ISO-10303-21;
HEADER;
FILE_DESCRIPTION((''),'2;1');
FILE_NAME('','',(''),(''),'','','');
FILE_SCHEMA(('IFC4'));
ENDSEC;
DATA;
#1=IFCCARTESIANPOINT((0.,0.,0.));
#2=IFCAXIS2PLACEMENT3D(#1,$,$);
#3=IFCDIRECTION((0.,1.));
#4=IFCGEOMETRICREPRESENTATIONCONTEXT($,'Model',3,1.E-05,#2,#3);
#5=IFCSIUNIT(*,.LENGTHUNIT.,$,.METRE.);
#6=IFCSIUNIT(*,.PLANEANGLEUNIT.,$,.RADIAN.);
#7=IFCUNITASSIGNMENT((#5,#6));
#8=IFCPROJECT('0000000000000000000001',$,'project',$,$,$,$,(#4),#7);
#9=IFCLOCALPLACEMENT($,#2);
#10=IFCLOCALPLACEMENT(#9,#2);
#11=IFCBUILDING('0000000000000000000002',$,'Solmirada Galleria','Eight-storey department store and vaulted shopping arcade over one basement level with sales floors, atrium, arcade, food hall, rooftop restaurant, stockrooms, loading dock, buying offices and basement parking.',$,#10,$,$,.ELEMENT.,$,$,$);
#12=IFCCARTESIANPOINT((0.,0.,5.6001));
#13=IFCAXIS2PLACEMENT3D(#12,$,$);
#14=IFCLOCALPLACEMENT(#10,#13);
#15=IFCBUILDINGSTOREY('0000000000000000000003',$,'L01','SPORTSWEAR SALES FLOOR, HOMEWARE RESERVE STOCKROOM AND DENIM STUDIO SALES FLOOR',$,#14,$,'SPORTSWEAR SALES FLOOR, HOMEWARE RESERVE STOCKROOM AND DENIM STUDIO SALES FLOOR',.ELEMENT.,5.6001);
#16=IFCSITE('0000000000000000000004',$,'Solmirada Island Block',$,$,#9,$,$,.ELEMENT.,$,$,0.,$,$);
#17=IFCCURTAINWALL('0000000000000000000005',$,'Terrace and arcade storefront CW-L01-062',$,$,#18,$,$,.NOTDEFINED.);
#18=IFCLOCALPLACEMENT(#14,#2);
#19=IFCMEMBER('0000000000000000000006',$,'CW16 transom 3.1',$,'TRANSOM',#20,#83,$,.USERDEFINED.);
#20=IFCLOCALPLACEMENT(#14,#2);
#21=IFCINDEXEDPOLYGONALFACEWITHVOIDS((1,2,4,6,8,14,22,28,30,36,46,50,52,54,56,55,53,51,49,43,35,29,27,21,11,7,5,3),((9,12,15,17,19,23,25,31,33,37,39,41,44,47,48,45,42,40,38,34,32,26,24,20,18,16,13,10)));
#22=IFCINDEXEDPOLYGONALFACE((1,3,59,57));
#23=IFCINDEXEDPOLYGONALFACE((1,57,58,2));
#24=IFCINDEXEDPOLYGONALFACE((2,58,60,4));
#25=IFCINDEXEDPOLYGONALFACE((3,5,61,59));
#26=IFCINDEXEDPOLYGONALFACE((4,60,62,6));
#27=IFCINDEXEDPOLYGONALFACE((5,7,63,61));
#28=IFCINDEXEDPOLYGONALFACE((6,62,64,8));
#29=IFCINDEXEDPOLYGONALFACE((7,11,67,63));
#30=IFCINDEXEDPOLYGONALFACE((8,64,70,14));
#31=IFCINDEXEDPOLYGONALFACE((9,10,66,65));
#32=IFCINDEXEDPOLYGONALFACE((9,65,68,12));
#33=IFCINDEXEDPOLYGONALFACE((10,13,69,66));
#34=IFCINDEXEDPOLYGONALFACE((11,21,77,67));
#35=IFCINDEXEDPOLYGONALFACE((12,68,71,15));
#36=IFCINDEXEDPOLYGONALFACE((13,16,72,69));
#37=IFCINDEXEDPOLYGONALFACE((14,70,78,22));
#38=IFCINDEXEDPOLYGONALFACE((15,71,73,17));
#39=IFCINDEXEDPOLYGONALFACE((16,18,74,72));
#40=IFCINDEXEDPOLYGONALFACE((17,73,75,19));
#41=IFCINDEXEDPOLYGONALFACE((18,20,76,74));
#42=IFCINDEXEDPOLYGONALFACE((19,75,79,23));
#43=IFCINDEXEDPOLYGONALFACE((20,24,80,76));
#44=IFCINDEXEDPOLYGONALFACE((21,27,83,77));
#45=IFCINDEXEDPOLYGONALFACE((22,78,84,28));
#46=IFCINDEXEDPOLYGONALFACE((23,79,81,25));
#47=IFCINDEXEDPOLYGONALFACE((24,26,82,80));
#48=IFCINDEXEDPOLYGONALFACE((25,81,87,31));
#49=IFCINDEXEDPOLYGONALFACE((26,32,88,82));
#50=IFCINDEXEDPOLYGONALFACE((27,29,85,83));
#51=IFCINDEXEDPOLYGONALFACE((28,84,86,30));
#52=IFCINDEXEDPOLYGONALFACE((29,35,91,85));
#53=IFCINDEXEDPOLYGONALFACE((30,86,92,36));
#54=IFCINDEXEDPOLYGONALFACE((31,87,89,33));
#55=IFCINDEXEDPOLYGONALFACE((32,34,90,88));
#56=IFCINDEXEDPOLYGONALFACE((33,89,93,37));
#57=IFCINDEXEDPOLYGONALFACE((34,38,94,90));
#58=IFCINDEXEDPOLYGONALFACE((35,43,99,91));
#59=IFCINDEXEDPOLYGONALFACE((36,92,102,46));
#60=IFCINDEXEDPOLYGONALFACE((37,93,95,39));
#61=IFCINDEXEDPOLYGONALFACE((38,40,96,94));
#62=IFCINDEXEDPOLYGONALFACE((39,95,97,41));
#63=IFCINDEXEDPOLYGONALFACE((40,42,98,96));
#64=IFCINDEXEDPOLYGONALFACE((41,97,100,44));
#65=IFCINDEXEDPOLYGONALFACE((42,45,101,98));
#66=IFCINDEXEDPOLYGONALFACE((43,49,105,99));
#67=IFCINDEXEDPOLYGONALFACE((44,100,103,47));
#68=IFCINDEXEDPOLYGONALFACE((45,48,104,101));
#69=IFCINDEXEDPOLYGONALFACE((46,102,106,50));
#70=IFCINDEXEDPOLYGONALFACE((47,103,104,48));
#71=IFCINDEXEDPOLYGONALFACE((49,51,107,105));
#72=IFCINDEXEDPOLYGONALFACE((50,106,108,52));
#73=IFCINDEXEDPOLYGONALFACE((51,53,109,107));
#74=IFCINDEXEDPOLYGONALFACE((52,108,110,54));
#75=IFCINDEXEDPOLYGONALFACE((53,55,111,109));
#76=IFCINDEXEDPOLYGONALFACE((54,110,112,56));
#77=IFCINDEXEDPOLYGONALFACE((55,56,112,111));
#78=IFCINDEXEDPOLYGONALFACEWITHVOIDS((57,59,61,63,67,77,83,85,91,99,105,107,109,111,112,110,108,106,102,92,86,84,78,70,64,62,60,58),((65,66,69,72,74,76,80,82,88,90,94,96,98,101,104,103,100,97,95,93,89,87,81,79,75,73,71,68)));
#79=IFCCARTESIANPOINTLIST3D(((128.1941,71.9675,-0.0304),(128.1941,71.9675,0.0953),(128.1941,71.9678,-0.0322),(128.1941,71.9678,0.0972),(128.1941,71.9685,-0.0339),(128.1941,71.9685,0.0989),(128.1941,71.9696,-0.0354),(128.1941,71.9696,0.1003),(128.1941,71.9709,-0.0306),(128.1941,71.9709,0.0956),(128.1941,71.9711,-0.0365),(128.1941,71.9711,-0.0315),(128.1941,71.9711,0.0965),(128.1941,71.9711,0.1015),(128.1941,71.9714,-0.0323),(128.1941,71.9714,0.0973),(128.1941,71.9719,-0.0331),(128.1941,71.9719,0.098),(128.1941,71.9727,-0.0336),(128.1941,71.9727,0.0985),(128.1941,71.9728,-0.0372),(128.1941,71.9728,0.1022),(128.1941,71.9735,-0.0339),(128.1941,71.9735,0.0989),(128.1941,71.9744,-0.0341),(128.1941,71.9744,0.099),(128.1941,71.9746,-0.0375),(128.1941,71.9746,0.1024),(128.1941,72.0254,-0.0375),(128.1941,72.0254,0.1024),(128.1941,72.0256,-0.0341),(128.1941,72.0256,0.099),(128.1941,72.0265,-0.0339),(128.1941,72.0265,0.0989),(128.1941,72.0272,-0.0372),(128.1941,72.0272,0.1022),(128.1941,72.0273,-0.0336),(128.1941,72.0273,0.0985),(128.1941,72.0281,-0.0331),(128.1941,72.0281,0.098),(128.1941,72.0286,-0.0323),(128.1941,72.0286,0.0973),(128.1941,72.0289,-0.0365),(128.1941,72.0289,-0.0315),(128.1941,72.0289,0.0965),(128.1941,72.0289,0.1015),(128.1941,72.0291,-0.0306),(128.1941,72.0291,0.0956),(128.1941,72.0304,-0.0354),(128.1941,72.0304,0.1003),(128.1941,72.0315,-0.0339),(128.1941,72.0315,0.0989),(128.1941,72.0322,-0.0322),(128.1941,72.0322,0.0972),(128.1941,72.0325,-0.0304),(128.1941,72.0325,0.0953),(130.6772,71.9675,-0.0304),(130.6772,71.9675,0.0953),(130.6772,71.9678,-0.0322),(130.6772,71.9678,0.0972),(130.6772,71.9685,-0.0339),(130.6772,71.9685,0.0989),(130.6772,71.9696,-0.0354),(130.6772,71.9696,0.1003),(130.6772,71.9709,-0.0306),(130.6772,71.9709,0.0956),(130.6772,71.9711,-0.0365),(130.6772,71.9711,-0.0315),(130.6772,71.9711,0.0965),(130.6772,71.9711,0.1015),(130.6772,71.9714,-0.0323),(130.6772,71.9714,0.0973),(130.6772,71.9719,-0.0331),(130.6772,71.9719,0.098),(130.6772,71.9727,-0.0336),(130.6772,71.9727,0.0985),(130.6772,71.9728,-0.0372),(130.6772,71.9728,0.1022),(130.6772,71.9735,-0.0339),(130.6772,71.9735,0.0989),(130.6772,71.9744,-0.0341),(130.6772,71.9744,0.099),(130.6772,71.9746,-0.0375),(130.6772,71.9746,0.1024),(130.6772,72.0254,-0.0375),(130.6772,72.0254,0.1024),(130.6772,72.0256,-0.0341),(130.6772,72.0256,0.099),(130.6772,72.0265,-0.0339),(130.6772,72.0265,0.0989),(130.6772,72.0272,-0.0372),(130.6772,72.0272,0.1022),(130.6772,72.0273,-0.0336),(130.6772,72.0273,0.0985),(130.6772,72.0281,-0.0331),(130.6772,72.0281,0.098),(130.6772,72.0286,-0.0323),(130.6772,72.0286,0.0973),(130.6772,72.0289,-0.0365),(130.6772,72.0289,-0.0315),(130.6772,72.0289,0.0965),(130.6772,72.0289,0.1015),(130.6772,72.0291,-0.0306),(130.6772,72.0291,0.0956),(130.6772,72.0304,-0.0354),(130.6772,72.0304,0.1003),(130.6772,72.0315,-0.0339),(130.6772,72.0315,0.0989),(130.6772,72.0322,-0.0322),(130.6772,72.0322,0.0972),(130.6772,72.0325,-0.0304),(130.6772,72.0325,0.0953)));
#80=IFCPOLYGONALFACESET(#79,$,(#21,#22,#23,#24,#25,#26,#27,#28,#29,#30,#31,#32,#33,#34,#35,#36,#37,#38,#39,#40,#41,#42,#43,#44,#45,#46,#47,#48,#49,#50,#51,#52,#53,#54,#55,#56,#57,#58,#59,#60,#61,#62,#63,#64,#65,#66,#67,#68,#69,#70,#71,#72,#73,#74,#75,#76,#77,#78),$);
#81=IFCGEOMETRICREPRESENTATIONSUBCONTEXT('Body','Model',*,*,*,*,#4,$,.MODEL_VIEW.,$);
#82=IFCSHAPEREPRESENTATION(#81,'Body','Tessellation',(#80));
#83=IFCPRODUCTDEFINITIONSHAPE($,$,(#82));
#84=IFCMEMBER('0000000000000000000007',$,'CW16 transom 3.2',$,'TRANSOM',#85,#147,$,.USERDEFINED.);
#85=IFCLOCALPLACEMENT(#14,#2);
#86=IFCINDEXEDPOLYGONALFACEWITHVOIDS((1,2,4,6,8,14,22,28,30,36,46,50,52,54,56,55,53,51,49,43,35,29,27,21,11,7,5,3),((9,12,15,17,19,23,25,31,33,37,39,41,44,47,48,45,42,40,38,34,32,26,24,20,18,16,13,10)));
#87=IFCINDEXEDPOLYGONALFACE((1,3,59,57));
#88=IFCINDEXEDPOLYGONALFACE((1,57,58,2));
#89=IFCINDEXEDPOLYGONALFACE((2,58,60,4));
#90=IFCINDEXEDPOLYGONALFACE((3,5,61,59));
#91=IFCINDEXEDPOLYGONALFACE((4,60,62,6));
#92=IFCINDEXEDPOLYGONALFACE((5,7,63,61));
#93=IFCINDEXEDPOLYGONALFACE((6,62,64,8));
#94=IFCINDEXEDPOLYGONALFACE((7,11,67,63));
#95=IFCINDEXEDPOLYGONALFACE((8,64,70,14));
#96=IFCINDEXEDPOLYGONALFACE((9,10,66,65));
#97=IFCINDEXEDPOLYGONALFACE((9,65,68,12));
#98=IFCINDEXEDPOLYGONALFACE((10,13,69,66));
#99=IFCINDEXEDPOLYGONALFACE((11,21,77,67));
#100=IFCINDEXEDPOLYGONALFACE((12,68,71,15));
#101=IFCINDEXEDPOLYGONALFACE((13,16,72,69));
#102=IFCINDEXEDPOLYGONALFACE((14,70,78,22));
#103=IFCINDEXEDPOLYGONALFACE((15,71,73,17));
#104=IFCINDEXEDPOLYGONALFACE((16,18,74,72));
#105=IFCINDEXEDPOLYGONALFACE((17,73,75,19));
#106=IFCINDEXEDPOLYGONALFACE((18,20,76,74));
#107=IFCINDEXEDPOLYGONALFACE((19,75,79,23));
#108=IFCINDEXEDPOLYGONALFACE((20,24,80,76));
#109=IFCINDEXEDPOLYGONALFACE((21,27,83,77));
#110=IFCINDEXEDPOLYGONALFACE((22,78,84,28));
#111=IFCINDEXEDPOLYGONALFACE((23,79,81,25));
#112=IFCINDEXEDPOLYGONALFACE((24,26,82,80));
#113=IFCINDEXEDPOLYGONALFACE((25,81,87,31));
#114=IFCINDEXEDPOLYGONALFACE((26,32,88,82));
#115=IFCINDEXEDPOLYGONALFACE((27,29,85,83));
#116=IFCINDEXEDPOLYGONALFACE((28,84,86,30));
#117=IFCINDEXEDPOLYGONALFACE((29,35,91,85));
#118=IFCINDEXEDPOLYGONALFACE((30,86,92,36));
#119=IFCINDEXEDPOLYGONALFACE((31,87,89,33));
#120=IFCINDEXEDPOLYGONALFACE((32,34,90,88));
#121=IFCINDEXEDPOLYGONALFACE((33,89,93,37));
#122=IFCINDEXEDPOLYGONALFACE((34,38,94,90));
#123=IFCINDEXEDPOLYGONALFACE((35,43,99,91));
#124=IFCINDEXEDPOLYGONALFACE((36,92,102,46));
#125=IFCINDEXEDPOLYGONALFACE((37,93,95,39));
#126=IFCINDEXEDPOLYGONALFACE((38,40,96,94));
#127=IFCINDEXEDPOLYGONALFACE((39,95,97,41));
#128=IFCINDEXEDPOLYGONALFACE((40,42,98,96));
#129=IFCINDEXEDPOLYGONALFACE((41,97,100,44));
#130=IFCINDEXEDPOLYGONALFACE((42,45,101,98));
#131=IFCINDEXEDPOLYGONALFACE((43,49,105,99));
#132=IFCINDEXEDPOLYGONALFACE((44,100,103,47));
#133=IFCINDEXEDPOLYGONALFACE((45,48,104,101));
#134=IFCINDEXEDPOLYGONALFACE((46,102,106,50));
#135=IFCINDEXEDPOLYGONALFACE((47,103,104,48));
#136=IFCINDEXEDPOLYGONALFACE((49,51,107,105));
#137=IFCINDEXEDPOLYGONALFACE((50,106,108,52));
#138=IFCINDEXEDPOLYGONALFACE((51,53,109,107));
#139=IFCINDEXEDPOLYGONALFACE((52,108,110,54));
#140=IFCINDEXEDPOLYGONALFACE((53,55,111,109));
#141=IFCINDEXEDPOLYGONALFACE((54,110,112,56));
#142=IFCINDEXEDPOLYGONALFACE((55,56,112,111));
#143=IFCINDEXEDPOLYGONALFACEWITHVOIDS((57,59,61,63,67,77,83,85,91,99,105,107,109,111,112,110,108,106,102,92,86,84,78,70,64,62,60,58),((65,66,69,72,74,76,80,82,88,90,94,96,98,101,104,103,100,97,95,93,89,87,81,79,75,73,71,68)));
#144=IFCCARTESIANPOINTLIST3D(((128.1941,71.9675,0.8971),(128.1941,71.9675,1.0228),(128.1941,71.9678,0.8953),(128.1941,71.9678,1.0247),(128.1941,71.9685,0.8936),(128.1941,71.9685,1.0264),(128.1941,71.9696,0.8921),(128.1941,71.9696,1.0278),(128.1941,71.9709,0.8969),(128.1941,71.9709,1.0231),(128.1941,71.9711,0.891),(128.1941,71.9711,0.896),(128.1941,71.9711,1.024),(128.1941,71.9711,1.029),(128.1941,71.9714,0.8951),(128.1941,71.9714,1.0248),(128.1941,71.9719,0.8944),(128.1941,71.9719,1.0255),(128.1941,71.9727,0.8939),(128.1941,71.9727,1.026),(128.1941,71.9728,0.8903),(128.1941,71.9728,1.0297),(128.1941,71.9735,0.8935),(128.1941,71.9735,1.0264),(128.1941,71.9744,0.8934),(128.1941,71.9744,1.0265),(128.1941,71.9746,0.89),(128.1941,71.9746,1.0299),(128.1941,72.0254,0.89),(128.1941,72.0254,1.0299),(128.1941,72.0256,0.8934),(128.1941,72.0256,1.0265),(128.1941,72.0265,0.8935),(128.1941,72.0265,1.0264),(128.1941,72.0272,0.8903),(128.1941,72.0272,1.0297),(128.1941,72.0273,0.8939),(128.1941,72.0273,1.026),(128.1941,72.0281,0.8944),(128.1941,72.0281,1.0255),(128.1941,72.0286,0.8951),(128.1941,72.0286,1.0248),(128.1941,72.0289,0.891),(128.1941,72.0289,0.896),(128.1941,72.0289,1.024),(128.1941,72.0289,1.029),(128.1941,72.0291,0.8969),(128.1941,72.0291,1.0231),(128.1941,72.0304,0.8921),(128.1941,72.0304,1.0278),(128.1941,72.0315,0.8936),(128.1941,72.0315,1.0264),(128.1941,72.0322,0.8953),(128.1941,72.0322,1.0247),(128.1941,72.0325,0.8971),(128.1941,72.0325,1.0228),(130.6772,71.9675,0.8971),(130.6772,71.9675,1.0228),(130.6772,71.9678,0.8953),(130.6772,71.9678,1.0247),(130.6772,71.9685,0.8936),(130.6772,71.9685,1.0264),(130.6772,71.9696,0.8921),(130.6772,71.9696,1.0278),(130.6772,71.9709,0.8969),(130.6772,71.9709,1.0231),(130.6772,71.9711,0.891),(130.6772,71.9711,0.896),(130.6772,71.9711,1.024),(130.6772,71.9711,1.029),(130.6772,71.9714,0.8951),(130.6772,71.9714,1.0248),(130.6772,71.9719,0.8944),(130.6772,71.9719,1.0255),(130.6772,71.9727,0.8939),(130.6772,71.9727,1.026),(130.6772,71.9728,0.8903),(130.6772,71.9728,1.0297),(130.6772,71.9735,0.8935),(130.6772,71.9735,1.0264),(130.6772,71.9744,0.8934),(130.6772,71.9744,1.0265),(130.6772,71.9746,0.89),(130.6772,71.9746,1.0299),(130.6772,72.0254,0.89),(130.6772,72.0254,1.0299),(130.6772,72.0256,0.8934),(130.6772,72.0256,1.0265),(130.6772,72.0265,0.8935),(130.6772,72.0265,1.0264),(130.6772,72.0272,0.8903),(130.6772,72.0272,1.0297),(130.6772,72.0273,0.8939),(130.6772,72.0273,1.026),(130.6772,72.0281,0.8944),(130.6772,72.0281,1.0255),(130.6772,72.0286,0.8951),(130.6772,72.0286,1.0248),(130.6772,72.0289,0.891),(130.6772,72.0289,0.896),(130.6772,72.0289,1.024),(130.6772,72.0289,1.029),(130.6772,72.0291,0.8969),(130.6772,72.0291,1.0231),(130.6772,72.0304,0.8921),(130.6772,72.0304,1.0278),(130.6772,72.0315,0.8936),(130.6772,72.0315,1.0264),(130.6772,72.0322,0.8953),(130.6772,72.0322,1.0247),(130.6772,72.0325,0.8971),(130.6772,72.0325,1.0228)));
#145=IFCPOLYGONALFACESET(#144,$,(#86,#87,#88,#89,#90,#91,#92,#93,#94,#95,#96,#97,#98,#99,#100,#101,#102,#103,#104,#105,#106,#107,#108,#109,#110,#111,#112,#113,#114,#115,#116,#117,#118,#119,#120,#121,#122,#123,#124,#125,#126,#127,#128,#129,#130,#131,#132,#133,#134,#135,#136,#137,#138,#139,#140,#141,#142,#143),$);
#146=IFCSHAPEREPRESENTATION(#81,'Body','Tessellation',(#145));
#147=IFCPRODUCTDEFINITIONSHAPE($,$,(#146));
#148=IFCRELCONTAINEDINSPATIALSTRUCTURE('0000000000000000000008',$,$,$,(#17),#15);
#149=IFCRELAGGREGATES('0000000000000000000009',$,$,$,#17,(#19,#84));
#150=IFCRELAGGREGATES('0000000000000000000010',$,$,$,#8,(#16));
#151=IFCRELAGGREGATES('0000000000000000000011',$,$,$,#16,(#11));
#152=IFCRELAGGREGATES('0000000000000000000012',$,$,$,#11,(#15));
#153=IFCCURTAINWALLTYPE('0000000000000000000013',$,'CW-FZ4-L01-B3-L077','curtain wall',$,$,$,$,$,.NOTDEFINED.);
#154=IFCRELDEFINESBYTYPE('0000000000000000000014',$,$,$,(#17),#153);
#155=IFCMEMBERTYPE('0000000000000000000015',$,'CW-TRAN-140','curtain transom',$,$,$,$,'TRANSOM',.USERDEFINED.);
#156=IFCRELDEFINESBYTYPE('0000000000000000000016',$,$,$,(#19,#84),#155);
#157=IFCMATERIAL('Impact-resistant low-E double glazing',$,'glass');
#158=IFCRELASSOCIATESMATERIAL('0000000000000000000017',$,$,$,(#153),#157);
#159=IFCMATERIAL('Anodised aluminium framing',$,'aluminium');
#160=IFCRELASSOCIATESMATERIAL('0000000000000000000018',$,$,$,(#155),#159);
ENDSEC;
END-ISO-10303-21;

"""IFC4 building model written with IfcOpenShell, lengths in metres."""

from ifc_helpers import new_model, si_unit, direction, frame, origin, origin_2d, place, context, subcontext, project, spatial, hollow_rectangle, extrude, material, material_profile, profile_set, type_object, element, aggregate, save


model = new_model("IFC4")

# Units and contexts
model_context = context("Model", 3, precision=1e-05, world=origin(), true_north=direction((0.0, 1.0)))
body_context = subcontext(model_context, "Body", "Model", "MODEL_VIEW")
ifc_project = project(units=[si_unit("LENGTHUNIT", "METRE"), si_unit("PLANEANGLEUNIT", "RADIAN")], contexts=[model_context])

# Site, building, storey
site_placement = place(None, origin())
site = spatial("IfcSite", under=ifc_project, at=site_placement, Name="Solmirada Island Block", CompositionType="ELEMENT", RefElevation=0.0)
building_placement = place(site_placement, origin())
building = spatial("IfcBuilding", under=site, at=building_placement, Name="Solmirada Galleria", Description="Eight-storey department store and vaulted shopping arcade over one basement level with sales floors, atrium, arcade, food hall, rooftop restaurant, stockrooms, loading dock, buying offices and basement parking.", CompositionType="ELEMENT")
storey_placement = place(building_placement, frame((0.0, 0.0, 5.6001)))
storey = spatial("IfcBuildingStorey", under=building, at=storey_placement, Name="L01", Description="SPORTSWEAR SALES FLOOR, HOMEWARE RESERVE STOCKROOM AND DENIM STUDIO SALES FLOOR", LongName="SPORTSWEAR SALES FLOOR, HOMEWARE RESERVE STOCKROOM AND DENIM STUDIO SALES FLOOR", CompositionType="ELEMENT", Elevation=5.6001)

# Curtain wall
ifc_material_1 = material(Name="Impact-resistant low-E double glazing", Category="glass")
curtain_wall_type = type_object("IfcCurtainWallType", Name="CW-FZ4-L01-B3-L077", Description="curtain wall", PredefinedType="NOTDEFINED", material=ifc_material_1)
curtain_wall_1_placement = place(storey_placement, origin())
curtain_wall_1 = element("IfcCurtainWall", 1, at=curtain_wall_1_placement, inside=storey, type_object=curtain_wall_type, Name="Terrace and arcade storefront CW-L01-062", PredefinedType="NOTDEFINED")
ifc_material_2 = material(Name="Anodised aluminium framing", Category="aluminium")

# Members
ifc_material_profile_1 = material_profile(ifc_material_2, hollow_rectangle(XDim=0.0649, YDim=0.1399, WallThickness=0.0034, InnerFilletRadius=0.0034, OuterFilletRadius=0.0071, at=origin_2d()), Name="ALU-TRAN-140X65")
ifc_profile_set_1 = profile_set([ifc_material_profile_1], Name="Anodised aluminium framing")
member_type_1 = type_object("IfcMemberType", Name="CW-TRAN-140", Description="curtain transom", ElementType="TRANSOM", PredefinedType="USERDEFINED", material=ifc_profile_set_1)
member_1_placement = place(storey_placement, frame((130.6772, 72.0, 0.0325), z_axis=(-1.0, 0.0, 0.0), x_axis=(0.0, -1.0, 0.0)))
member_1 = element("IfcMember", 2, at=member_1_placement, type_object=member_type_1, Name="CW16 transom 3.1", ObjectType="TRANSOM", PredefinedType="USERDEFINED", context=body_context, shape_type="SweptSolid", body=[
    extrude(hollow_rectangle(XDim=0.0649, YDim=0.1399, WallThickness=0.0034, InnerFilletRadius=0.0034, OuterFilletRadius=0.0071, at=origin_2d()), origin(), (0.0, 0.0, 1.0), 2.4832),
])
member_2_placement = place(storey_placement, frame((130.6772, 72.0, 0.96), z_axis=(-1.0, 0.0, 0.0), x_axis=(0.0, -1.0, 0.0)))
member_2 = element("IfcMember", 3, at=member_2_placement, type_object=member_type_1, Name="CW16 transom 3.2", ObjectType="TRANSOM", PredefinedType="USERDEFINED", context=body_context, shape_type="SweptSolid", body=[
    extrude(hollow_rectangle(XDim=0.0649, YDim=0.1399, WallThickness=0.0034, InnerFilletRadius=0.0034, OuterFilletRadius=0.0071, at=origin_2d()), origin(), (0.0, 0.0, 1.0), 2.4832),
])

aggregate(curtain_wall_1, [member_1, member_2])

save(model, "model.ifc")
